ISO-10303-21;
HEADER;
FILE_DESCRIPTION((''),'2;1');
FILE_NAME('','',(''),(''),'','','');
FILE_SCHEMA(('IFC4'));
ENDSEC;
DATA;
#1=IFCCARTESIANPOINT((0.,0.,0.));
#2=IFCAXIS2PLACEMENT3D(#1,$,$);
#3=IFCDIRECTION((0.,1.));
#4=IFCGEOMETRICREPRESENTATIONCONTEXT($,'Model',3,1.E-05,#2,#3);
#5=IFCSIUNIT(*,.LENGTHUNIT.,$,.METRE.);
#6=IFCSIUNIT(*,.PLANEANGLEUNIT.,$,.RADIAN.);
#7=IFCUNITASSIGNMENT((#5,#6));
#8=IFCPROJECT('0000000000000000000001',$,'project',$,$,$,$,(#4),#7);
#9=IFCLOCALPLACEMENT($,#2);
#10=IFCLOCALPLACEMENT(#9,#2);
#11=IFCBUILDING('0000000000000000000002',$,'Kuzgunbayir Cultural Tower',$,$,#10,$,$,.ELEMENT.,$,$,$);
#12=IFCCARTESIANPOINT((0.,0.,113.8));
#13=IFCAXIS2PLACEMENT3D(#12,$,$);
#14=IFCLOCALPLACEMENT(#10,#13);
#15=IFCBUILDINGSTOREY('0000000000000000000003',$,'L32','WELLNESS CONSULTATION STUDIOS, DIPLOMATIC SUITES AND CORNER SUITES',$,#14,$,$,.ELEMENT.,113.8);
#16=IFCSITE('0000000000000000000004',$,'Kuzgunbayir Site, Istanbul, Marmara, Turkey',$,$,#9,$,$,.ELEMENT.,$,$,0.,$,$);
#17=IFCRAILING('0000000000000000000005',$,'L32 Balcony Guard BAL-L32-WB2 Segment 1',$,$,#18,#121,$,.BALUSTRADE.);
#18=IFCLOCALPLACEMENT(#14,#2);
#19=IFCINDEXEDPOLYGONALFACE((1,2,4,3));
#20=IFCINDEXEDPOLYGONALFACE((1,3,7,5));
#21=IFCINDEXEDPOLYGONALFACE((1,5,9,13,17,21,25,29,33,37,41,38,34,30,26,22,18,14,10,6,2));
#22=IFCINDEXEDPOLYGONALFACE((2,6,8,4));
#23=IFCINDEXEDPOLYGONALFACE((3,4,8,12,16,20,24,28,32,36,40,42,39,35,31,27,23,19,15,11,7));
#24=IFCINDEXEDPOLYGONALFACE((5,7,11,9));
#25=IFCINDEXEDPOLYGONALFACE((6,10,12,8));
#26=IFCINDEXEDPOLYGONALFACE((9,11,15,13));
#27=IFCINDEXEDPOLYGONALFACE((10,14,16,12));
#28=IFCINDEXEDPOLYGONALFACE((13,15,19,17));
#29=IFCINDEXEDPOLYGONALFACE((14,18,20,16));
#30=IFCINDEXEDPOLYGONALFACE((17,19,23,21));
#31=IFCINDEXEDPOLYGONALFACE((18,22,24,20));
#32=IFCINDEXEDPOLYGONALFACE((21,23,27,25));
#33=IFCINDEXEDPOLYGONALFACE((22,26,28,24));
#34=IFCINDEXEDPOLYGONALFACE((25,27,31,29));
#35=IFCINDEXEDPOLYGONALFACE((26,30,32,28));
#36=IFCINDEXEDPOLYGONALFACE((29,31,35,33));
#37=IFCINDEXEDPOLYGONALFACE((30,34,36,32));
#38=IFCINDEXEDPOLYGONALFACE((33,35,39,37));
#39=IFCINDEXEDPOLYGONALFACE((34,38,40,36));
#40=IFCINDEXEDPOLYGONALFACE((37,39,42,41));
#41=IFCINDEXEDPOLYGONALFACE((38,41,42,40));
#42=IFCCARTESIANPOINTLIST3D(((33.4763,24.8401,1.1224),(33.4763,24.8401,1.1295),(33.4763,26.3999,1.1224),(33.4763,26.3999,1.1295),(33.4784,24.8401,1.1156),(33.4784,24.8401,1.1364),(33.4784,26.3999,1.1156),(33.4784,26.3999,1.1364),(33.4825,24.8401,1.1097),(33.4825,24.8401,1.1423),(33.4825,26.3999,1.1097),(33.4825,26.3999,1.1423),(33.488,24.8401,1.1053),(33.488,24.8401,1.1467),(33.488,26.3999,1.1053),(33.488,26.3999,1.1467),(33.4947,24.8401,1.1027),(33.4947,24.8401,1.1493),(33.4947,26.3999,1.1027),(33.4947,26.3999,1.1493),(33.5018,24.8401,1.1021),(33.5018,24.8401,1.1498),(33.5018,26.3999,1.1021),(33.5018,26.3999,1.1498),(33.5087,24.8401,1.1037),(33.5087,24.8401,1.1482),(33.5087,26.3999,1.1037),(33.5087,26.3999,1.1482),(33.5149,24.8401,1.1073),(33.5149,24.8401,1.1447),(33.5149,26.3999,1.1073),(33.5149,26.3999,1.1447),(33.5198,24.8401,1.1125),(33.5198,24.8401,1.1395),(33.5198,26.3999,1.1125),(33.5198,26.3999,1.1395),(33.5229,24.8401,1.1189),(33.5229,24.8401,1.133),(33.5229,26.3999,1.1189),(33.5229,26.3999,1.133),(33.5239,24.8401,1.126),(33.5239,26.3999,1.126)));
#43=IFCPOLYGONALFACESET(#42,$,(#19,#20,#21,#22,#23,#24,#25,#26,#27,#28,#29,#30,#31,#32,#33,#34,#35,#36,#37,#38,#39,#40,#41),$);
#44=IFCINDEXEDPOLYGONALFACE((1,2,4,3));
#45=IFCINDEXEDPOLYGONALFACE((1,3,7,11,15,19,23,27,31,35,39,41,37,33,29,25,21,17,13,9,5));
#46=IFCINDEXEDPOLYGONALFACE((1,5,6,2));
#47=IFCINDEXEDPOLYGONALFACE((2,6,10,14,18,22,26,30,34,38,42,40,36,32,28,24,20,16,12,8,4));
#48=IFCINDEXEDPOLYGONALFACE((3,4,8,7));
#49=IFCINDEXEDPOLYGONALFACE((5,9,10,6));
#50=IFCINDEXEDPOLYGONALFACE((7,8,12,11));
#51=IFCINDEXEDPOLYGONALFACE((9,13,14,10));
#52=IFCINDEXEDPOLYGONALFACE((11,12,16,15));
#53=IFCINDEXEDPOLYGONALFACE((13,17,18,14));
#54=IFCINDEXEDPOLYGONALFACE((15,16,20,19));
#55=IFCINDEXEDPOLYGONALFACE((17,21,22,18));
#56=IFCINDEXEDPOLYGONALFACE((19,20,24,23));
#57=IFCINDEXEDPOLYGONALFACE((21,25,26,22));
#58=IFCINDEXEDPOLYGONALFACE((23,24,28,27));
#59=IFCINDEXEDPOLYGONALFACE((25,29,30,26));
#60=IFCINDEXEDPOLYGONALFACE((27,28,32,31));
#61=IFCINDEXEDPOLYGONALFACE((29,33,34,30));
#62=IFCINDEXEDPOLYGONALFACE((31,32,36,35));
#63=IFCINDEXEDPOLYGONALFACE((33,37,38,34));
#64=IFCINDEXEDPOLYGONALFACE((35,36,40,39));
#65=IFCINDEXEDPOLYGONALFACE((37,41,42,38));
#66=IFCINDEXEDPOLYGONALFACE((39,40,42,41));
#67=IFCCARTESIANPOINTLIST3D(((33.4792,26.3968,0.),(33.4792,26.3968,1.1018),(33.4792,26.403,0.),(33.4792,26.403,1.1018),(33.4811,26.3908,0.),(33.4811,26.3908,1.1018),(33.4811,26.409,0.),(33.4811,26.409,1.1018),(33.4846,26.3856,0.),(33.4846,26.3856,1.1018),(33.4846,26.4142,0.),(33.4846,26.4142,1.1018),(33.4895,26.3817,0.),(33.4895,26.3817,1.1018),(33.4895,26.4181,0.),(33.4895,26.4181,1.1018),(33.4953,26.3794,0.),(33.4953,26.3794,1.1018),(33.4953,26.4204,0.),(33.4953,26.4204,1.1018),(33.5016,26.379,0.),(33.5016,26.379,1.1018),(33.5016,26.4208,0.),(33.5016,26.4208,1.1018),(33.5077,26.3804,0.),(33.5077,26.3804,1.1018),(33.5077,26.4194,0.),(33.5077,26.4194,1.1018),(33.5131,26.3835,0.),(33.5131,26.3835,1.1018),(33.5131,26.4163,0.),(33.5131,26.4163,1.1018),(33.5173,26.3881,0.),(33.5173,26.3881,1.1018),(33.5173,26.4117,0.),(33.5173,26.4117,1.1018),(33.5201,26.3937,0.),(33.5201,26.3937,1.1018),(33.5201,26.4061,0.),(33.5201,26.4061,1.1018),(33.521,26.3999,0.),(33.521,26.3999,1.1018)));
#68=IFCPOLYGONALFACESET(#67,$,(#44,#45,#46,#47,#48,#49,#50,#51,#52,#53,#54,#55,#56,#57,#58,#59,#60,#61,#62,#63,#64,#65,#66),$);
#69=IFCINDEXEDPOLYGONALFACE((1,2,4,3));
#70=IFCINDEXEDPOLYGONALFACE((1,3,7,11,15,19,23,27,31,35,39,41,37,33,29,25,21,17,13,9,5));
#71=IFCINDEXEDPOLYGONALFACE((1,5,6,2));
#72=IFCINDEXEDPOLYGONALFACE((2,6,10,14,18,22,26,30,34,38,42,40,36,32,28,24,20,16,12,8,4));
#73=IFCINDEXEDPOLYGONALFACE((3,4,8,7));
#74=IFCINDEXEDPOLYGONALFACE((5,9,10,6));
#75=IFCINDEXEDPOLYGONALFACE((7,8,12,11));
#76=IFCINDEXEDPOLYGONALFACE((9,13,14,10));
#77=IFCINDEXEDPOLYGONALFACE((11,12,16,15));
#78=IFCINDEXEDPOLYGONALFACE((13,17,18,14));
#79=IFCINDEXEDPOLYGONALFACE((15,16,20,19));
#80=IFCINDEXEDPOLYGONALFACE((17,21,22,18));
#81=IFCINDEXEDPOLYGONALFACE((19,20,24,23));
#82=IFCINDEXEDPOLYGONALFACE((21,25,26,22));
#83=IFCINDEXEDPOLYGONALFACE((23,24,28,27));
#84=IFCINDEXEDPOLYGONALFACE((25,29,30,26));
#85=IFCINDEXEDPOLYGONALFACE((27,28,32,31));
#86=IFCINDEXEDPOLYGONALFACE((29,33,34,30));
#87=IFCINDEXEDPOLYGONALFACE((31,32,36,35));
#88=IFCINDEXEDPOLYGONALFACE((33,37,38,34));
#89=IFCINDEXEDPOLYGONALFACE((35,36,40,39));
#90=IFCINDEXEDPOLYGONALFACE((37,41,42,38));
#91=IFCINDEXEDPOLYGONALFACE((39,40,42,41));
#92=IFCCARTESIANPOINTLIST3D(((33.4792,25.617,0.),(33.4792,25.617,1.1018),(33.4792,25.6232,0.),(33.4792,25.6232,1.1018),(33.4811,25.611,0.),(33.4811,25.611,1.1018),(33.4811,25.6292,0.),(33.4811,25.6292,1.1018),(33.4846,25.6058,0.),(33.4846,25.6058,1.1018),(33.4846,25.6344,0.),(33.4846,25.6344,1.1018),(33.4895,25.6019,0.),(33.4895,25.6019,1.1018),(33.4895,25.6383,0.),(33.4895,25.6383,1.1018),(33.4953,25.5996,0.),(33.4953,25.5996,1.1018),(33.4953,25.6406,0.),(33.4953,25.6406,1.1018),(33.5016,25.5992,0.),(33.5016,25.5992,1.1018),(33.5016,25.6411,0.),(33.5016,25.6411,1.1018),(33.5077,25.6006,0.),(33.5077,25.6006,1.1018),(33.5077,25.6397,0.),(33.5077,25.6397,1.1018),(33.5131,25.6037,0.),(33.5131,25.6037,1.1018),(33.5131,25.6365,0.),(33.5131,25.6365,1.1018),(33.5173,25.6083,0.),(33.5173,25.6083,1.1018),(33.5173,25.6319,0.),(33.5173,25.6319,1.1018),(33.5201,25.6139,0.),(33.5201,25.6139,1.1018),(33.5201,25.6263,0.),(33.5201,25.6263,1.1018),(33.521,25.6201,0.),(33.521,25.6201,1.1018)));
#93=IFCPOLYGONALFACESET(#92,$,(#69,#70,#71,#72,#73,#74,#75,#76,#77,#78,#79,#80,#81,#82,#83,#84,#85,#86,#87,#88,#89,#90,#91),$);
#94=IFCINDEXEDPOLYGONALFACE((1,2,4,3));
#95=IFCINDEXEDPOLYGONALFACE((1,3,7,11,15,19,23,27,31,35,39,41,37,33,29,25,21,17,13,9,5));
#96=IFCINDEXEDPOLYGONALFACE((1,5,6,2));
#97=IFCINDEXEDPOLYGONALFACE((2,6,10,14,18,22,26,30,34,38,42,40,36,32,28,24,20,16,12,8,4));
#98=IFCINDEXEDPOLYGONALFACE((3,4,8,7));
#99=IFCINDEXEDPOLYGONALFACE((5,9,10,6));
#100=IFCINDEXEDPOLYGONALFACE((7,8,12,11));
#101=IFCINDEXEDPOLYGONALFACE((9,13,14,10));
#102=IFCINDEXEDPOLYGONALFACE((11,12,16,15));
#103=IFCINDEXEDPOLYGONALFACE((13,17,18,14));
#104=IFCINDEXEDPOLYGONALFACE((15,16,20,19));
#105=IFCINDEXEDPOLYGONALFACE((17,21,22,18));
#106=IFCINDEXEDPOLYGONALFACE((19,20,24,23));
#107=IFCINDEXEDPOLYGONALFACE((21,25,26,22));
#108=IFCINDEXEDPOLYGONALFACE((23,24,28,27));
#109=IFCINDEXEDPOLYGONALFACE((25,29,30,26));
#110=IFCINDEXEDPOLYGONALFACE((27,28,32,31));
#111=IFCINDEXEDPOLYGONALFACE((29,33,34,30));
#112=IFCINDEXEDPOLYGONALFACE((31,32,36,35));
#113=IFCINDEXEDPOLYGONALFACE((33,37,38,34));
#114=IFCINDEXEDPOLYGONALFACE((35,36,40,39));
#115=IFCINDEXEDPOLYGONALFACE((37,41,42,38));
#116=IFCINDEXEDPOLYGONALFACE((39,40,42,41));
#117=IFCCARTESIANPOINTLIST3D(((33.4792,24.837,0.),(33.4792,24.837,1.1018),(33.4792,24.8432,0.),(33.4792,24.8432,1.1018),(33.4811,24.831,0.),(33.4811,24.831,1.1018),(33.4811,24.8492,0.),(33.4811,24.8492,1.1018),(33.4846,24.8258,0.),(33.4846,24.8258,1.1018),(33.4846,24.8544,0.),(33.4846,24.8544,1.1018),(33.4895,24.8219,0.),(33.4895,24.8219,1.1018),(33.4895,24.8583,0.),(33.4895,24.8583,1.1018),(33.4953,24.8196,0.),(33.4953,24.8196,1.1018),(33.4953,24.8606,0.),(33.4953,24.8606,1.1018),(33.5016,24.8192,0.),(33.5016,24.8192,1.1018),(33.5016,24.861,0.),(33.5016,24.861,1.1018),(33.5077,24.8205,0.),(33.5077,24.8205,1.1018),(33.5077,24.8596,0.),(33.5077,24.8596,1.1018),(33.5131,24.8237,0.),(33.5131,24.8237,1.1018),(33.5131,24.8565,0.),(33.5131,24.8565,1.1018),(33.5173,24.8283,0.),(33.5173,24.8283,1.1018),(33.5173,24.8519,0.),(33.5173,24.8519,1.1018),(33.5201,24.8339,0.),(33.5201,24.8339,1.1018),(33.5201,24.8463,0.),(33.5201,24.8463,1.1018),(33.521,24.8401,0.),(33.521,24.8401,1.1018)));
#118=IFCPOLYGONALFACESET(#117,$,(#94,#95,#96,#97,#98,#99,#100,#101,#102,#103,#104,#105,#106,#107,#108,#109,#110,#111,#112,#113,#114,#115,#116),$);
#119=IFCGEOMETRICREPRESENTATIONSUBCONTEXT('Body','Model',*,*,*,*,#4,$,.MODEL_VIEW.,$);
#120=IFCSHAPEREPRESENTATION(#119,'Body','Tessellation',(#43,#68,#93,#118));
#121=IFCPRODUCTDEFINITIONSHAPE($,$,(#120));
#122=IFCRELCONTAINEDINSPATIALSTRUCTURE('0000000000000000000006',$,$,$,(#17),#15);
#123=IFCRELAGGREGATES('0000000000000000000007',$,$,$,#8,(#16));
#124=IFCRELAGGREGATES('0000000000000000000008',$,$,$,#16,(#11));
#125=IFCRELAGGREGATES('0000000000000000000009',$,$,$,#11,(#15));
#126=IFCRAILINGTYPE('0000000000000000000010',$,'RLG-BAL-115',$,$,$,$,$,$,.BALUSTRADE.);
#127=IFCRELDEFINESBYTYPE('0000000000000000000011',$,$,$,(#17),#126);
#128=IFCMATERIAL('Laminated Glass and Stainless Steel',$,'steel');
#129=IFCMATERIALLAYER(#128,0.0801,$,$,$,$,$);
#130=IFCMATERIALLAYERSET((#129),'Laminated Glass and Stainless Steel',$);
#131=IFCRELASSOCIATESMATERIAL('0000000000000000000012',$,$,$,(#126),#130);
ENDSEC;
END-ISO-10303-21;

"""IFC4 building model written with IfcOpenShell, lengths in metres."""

from ifc_helpers import new_model, si_unit, direction, frame, origin, origin_2d, place, context, subcontext, project, spatial, circle, extrude, material, layer, layer_set, type_object, element, save


model = new_model("IFC4")

# Units and contexts
model_context = context("Model", 3, precision=1e-05, world=origin(), true_north=direction((0.0, 1.0)))
body_context = subcontext(model_context, "Body", "Model", "MODEL_VIEW")
ifc_project = project(units=[si_unit("LENGTHUNIT", "METRE"), si_unit("PLANEANGLEUNIT", "RADIAN")], contexts=[model_context])

# Site, building, storey
site_placement = place(None, origin())
site = spatial("IfcSite", under=ifc_project, at=site_placement, Name="Kuzgunbayir Site, Istanbul, Marmara, Turkey", CompositionType="ELEMENT", RefElevation=0.0)
building_placement = place(site_placement, origin())
building = spatial("IfcBuilding", under=site, at=building_placement, Name="Kuzgunbayir Cultural Tower", CompositionType="ELEMENT")
storey_placement = place(building_placement, frame((0.0, 0.0, 113.8)))
storey = spatial("IfcBuildingStorey", under=building, at=storey_placement, Name="L32", Description="WELLNESS CONSULTATION STUDIOS, DIPLOMATIC SUITES AND CORNER SUITES", CompositionType="ELEMENT", Elevation=113.8)

# Railing
ifc_material_1 = material(Name="Laminated Glass and Stainless Steel", Category="steel")
ifc_layer_1 = layer(ifc_material_1, 0.0801)
ifc_layer_set_1 = layer_set([ifc_layer_1], Name="Laminated Glass and Stainless Steel")
railing_type = type_object("IfcRailingType", Name="RLG-BAL-115", PredefinedType="BALUSTRADE", material=ifc_layer_set_1)
railing_1_placement = place(storey_placement, frame((33.5, 26.3999, 0.0)))
element("IfcRailing", 1, at=railing_1_placement, inside=storey, type_object=railing_type, Name="L32 Balcony Guard BAL-L32-WB2 Segment 1", PredefinedType="BALUSTRADE", context=body_context, shape_type="SweptSolid", body=[
    extrude(circle(Radius=0.0239, at=origin_2d()), frame((0.0, 0.0, 1.126), z_axis=(0.0, -1.0, 0.0), x_axis=(1.0, 0.0, 0.0)), (0.0, 0.0, 1.0), 1.5598),
    extrude(circle(Radius=0.021, at=origin_2d()), origin(), (0.0, 0.0, 1.0), 1.1018),
    extrude(circle(Radius=0.021, at=origin_2d()), frame((0.0, -0.7798, 0.0)), (0.0, 0.0, 1.0), 1.1018),
    extrude(circle(Radius=0.021, at=origin_2d()), frame((0.0, -1.5598, 0.0)), (0.0, 0.0, 1.0), 1.1018),
])

save(model, "model.ifc")
